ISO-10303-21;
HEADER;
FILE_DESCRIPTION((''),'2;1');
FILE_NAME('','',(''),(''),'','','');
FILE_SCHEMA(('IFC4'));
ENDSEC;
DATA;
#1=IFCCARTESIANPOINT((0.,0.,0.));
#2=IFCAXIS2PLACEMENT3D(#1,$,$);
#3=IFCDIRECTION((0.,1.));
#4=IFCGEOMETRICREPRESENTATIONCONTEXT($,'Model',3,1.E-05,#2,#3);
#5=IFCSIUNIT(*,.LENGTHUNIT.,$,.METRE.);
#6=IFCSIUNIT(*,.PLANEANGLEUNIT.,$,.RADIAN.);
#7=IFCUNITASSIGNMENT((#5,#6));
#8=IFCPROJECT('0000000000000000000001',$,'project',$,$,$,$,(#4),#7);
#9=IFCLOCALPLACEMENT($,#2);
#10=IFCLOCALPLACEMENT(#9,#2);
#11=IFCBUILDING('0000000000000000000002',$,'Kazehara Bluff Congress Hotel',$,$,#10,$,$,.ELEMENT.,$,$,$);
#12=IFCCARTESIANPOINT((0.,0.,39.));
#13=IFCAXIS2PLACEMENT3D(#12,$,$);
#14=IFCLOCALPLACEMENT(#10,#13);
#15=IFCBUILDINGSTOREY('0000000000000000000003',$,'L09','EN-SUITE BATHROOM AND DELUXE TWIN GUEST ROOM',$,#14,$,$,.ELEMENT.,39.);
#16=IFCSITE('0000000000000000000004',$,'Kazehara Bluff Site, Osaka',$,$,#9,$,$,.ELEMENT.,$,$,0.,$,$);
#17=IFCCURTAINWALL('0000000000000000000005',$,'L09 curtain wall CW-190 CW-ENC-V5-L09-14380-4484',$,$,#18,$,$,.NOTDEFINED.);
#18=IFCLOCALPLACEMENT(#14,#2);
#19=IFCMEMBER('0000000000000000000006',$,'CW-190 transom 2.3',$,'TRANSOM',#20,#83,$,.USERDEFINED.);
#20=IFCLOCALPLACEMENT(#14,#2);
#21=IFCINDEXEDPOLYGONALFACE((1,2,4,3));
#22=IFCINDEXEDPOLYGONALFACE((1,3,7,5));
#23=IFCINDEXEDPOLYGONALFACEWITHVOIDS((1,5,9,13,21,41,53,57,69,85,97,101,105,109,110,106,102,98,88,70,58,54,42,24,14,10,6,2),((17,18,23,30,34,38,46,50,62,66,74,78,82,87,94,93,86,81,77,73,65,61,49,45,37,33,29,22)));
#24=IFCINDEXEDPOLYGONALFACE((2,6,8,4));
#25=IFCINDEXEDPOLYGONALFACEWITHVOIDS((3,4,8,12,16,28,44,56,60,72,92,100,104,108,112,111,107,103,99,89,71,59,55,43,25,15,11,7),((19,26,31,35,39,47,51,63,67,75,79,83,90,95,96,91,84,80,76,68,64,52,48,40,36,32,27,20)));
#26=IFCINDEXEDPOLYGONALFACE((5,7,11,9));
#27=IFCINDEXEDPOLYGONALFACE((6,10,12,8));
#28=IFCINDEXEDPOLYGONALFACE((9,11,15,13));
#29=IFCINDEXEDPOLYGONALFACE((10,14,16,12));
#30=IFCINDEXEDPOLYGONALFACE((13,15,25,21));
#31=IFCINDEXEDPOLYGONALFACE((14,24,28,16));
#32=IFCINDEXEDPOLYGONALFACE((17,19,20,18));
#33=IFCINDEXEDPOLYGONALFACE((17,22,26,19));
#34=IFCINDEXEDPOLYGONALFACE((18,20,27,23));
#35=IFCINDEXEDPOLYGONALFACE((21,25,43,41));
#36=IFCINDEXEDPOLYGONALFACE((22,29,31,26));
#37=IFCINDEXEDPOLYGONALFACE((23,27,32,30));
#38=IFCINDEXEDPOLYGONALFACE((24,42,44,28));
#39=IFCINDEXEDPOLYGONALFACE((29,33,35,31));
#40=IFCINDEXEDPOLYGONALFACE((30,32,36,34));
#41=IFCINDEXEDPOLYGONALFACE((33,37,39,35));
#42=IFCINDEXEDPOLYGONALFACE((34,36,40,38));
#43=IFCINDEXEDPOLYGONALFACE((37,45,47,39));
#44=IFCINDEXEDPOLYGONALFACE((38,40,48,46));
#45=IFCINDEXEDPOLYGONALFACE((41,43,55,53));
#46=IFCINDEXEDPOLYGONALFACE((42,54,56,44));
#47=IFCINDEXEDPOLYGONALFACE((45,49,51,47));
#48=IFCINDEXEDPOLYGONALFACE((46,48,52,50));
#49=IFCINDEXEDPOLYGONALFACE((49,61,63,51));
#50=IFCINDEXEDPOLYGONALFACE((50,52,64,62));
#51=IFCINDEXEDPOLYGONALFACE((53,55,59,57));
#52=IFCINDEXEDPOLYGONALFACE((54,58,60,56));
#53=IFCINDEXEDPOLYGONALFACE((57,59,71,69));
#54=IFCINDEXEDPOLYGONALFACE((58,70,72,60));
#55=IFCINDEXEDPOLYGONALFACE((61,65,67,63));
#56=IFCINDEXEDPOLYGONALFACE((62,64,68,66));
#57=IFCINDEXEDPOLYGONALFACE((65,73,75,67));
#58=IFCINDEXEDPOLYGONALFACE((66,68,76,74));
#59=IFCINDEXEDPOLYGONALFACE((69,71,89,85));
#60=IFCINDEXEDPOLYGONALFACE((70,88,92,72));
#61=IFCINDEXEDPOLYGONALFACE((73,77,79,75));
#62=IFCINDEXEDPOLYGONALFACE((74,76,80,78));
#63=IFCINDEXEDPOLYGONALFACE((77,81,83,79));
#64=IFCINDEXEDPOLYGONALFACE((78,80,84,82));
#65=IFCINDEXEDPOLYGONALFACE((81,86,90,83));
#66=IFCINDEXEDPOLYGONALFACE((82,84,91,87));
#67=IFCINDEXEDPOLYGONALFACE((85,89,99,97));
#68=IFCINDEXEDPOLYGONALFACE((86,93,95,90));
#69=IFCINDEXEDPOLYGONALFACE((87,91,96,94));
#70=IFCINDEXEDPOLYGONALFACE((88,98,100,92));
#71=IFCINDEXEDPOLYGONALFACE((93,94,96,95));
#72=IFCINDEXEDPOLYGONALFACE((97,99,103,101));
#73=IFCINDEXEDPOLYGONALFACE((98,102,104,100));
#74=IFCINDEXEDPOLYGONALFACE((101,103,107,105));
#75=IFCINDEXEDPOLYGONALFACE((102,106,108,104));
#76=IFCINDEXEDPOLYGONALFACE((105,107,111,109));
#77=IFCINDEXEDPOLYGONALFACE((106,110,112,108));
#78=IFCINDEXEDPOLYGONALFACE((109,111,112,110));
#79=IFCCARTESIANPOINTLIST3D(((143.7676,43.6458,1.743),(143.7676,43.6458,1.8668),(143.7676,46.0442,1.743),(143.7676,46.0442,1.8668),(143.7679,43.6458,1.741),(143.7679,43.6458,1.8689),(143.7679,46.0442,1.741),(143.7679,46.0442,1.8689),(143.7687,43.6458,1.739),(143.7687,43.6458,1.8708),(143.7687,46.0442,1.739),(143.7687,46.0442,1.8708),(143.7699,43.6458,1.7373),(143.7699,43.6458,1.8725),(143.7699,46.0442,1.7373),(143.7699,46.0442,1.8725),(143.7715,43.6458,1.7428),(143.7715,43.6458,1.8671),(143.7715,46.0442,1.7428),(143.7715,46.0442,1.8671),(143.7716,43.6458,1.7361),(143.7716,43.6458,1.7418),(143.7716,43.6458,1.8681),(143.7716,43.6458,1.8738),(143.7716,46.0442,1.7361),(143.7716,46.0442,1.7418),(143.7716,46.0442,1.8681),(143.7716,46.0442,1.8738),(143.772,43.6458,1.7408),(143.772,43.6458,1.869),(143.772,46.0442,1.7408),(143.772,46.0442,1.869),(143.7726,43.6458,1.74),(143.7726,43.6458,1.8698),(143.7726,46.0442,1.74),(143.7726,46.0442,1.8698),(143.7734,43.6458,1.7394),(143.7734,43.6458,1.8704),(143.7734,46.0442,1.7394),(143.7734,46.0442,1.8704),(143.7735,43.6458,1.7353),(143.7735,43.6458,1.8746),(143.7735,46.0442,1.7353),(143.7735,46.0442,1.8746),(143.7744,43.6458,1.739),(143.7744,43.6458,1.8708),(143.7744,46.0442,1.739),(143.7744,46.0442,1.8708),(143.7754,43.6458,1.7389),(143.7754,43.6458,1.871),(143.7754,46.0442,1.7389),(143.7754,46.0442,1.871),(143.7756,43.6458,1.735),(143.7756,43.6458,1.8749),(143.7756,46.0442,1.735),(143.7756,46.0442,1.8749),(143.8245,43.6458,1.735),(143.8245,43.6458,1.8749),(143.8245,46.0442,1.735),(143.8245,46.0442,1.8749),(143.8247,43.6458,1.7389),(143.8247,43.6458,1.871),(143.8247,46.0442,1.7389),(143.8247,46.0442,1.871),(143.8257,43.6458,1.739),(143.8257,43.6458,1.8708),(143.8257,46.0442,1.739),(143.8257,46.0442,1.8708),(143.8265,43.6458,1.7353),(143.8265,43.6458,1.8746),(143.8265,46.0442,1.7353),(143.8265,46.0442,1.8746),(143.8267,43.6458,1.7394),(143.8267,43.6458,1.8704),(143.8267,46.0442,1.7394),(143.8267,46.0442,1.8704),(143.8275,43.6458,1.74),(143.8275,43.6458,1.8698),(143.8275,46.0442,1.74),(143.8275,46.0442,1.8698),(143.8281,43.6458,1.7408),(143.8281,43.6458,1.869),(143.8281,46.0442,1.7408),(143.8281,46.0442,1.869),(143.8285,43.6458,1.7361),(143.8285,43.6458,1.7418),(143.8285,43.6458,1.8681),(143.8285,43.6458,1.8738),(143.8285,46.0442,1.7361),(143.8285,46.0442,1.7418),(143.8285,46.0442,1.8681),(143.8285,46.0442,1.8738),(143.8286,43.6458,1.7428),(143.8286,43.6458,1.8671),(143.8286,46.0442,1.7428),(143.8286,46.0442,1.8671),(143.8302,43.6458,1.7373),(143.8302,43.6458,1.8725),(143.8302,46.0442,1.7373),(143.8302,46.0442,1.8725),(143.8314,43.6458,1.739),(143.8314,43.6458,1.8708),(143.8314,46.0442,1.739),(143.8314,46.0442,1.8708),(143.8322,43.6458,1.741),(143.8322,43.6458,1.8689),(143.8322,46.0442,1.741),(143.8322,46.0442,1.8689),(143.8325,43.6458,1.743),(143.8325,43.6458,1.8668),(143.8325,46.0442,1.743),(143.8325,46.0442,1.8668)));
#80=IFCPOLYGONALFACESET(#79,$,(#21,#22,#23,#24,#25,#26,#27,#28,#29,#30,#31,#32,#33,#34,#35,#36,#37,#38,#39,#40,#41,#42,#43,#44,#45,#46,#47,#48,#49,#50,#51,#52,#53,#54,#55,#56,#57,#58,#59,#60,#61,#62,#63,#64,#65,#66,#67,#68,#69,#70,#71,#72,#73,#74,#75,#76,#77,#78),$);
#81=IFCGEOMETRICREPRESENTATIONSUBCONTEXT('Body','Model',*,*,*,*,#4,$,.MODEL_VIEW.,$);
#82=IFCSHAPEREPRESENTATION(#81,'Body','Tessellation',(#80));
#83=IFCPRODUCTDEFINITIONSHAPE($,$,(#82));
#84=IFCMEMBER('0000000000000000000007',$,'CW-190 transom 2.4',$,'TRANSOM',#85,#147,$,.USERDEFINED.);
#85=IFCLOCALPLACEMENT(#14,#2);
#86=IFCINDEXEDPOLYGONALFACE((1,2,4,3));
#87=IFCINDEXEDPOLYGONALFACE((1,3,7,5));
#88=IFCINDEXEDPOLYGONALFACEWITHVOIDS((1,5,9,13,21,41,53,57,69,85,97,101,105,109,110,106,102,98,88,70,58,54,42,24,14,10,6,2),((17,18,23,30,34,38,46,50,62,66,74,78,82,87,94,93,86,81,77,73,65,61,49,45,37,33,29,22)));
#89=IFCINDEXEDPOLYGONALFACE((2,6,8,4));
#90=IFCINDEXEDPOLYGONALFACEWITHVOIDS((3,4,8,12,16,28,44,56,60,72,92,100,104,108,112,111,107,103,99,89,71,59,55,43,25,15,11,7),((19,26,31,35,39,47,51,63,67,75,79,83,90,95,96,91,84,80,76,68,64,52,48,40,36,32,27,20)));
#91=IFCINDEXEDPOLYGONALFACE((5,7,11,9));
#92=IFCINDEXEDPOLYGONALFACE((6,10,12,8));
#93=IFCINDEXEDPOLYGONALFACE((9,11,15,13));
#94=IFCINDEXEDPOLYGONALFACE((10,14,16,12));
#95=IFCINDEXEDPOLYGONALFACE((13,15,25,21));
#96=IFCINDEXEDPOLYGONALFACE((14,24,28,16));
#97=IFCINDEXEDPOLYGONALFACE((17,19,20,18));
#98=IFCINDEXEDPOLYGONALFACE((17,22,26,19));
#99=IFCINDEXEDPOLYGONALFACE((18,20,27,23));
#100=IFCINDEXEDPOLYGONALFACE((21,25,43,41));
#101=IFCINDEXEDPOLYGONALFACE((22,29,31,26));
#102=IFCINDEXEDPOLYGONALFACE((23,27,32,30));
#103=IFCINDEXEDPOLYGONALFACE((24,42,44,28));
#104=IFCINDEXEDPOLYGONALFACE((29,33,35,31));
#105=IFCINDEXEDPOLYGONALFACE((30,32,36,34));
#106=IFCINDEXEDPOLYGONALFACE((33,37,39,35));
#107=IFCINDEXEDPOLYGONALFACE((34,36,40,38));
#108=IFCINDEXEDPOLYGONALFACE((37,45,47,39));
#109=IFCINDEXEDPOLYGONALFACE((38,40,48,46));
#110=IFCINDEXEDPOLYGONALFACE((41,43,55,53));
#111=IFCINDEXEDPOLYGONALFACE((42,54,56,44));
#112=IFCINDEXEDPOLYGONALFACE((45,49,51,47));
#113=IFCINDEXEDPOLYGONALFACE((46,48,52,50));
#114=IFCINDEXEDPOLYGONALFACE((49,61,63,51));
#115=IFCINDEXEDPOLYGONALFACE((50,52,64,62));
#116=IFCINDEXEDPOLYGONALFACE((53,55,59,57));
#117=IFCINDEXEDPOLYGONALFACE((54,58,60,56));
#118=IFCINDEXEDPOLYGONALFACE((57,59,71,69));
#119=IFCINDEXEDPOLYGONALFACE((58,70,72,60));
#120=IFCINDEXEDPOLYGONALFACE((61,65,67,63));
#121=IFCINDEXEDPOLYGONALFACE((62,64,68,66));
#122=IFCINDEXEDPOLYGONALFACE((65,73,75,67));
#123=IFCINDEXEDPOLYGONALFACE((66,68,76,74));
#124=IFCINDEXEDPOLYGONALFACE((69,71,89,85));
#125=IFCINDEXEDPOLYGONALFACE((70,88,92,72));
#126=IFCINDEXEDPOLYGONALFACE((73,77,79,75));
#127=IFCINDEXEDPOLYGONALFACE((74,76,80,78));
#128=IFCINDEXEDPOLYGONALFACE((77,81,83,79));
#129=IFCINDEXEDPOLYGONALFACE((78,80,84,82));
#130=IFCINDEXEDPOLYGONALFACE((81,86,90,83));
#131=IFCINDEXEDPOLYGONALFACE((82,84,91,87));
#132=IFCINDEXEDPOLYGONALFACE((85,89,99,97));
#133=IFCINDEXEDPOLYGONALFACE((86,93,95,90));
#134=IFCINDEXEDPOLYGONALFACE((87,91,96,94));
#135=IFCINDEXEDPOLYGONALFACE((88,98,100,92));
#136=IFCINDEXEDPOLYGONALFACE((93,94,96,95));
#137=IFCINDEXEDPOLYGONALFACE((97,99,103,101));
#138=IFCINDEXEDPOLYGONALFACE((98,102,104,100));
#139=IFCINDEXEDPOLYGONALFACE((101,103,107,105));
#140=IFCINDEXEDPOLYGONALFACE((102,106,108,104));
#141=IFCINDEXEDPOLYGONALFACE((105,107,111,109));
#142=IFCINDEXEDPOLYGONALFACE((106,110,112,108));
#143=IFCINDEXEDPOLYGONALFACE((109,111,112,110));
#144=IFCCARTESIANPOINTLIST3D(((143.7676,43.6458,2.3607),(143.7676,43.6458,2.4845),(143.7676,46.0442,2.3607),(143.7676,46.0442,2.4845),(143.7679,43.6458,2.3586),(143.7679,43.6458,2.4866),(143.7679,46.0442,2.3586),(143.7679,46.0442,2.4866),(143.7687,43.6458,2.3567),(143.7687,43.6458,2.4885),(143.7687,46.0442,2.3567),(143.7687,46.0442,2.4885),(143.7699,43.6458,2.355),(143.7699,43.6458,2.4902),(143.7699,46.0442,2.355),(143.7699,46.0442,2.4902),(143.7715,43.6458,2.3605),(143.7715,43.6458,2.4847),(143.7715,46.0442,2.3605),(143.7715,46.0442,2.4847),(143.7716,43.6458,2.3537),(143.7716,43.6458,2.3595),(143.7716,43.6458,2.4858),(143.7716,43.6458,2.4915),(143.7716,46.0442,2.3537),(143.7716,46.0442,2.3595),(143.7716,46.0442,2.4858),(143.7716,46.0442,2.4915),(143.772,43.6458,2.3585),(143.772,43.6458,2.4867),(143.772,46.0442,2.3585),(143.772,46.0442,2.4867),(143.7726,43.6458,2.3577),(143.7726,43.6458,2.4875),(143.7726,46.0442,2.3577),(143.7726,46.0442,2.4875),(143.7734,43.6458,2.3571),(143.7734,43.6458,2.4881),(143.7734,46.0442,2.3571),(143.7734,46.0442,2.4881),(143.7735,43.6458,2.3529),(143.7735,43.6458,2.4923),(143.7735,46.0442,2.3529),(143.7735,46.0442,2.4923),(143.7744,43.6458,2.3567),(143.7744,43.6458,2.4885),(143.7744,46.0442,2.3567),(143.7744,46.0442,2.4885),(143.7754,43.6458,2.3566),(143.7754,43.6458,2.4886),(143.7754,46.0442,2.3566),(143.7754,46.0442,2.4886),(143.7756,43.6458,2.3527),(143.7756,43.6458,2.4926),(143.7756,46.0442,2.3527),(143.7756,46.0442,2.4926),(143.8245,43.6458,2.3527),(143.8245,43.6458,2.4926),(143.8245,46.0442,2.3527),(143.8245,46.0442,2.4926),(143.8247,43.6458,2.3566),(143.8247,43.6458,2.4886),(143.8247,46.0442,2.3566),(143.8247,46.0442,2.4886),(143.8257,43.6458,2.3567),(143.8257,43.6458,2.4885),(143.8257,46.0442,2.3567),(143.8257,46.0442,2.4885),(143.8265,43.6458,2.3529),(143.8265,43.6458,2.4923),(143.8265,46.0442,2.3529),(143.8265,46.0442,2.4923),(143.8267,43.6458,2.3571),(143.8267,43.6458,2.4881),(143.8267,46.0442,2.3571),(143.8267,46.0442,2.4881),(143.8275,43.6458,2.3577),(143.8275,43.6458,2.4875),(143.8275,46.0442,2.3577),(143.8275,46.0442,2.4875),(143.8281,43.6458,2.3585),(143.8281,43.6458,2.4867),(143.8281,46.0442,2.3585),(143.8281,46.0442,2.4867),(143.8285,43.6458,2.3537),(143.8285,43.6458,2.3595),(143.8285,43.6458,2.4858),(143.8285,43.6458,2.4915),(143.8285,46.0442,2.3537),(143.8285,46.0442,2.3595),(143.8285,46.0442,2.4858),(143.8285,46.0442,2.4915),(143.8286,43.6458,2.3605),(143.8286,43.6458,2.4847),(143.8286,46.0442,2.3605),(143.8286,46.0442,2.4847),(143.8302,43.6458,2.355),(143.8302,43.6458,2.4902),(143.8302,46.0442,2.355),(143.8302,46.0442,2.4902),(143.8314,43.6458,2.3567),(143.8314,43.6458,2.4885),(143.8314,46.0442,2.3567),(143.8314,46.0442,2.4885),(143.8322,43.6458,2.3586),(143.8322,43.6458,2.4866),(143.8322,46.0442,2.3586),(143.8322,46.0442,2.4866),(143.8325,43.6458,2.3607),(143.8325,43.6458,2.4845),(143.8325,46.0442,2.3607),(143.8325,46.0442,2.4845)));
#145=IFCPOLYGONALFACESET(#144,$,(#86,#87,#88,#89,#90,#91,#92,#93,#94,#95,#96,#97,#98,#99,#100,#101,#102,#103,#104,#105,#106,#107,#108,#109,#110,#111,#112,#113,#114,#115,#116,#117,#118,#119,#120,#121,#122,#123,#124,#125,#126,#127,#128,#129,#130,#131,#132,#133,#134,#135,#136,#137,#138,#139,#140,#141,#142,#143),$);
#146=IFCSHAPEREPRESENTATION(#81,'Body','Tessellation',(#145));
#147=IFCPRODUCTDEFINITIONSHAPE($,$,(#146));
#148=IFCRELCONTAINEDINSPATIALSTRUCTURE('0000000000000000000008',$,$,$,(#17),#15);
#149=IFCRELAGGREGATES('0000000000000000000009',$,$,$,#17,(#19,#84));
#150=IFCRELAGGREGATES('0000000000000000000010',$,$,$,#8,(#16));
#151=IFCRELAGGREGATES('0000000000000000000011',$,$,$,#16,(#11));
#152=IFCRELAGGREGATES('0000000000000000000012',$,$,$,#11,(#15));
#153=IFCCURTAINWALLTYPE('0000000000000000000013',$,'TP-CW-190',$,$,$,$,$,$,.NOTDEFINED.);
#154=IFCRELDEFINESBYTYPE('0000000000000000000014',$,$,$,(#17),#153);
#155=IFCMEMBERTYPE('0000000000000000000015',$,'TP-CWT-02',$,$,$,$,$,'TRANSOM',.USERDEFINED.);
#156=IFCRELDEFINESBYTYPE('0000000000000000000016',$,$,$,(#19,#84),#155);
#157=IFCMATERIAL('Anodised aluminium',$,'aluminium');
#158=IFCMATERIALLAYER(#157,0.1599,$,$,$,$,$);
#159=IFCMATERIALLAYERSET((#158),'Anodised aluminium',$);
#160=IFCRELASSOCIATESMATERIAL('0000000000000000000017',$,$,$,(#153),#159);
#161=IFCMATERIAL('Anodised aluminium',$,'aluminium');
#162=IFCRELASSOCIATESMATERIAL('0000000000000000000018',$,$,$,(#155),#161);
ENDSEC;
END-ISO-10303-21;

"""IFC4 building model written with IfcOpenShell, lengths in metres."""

from ifc_helpers import new_model, si_unit, direction, frame, origin, origin_2d, place, context, subcontext, project, spatial, hollow_rectangle, extrude, material, layer, layer_set, material_profile, profile_set, type_object, element, aggregate, save


model = new_model("IFC4")

# Units and contexts
model_context = context("Model", 3, precision=1e-05, world=origin(), true_north=direction((0.0, 1.0)))
body_context = subcontext(model_context, "Body", "Model", "MODEL_VIEW")
ifc_project = project(units=[si_unit("LENGTHUNIT", "METRE"), si_unit("PLANEANGLEUNIT", "RADIAN")], contexts=[model_context])

# Site, building, storey
site_placement = place(None, origin())
site = spatial("IfcSite", under=ifc_project, at=site_placement, Name="Kazehara Bluff Site, Osaka", CompositionType="ELEMENT", RefElevation=0.0)
building_placement = place(site_placement, origin())
building = spatial("IfcBuilding", under=site, at=building_placement, Name="Kazehara Bluff Congress Hotel", CompositionType="ELEMENT")
storey_placement = place(building_placement, frame((0.0, 0.0, 39.0)))
storey = spatial("IfcBuildingStorey", under=building, at=storey_placement, Name="L09", Description="EN-SUITE BATHROOM AND DELUXE TWIN GUEST ROOM", CompositionType="ELEMENT", Elevation=39.0)

# Curtain wall, members
ifc_material_1 = material(Name="Anodised aluminium", Category="aluminium")
ifc_layer_1 = layer(ifc_material_1, 0.1599)
ifc_layer_set_1 = layer_set([ifc_layer_1], Name="Anodised aluminium")
curtain_wall_type_1 = type_object("IfcCurtainWallType", Name="TP-CW-190", PredefinedType="NOTDEFINED", material=ifc_layer_set_1)
curtain_wall_1_placement = place(storey_placement, origin())
curtain_wall_1 = element("IfcCurtainWall", 1, at=curtain_wall_1_placement, inside=storey, type_object=curtain_wall_type_1, Name="L09 curtain wall CW-190 CW-ENC-V5-L09-14380-4484", PredefinedType="NOTDEFINED")
ifc_material_2 = material(Name="Anodised aluminium", Category="aluminium")
ifc_material_profile_1 = material_profile(ifc_material_2, hollow_rectangle(XDim=0.0649, YDim=0.1399, WallThickness=0.0039, InnerFilletRadius=0.0039, OuterFilletRadius=0.0081, at=origin_2d()))
ifc_profile_set_1 = profile_set([ifc_material_profile_1], Name="Anodised aluminium")
member_type_1 = type_object("IfcMemberType", Name="TP-CWT-02", ElementType="TRANSOM", PredefinedType="USERDEFINED", material=ifc_profile_set_1)
member_1_placement = place(storey_placement, frame((143.8, 43.6458, 1.8049), z_axis=(0.0, 1.0, 0.0), x_axis=(-1.0, 0.0, 0.0)))
member_1 = element("IfcMember", 2, at=member_1_placement, type_object=member_type_1, Name="CW-190 transom 2.3", ObjectType="TRANSOM", PredefinedType="USERDEFINED", context=body_context, shape_type="SweptSolid", body=[
    extrude(hollow_rectangle(XDim=0.0649, YDim=0.1399, WallThickness=0.0039, InnerFilletRadius=0.0039, OuterFilletRadius=0.0081, at=origin_2d()), origin(), (0.0, 0.0, 1.0), 2.3984),
])
member_2_placement = place(storey_placement, frame((143.8, 43.6458, 2.4226), z_axis=(0.0, 1.0, 0.0), x_axis=(-1.0, 0.0, 0.0)))
member_2 = element("IfcMember", 3, at=member_2_placement, type_object=member_type_1, Name="CW-190 transom 2.4", ObjectType="TRANSOM", PredefinedType="USERDEFINED", context=body_context, shape_type="SweptSolid", body=[
    extrude(hollow_rectangle(XDim=0.0649, YDim=0.1399, WallThickness=0.0039, InnerFilletRadius=0.0039, OuterFilletRadius=0.0081, at=origin_2d()), origin(), (0.0, 0.0, 1.0), 2.3984),
])
aggregate(curtain_wall_1, [member_1, member_2])

save(model, "model.ifc")
